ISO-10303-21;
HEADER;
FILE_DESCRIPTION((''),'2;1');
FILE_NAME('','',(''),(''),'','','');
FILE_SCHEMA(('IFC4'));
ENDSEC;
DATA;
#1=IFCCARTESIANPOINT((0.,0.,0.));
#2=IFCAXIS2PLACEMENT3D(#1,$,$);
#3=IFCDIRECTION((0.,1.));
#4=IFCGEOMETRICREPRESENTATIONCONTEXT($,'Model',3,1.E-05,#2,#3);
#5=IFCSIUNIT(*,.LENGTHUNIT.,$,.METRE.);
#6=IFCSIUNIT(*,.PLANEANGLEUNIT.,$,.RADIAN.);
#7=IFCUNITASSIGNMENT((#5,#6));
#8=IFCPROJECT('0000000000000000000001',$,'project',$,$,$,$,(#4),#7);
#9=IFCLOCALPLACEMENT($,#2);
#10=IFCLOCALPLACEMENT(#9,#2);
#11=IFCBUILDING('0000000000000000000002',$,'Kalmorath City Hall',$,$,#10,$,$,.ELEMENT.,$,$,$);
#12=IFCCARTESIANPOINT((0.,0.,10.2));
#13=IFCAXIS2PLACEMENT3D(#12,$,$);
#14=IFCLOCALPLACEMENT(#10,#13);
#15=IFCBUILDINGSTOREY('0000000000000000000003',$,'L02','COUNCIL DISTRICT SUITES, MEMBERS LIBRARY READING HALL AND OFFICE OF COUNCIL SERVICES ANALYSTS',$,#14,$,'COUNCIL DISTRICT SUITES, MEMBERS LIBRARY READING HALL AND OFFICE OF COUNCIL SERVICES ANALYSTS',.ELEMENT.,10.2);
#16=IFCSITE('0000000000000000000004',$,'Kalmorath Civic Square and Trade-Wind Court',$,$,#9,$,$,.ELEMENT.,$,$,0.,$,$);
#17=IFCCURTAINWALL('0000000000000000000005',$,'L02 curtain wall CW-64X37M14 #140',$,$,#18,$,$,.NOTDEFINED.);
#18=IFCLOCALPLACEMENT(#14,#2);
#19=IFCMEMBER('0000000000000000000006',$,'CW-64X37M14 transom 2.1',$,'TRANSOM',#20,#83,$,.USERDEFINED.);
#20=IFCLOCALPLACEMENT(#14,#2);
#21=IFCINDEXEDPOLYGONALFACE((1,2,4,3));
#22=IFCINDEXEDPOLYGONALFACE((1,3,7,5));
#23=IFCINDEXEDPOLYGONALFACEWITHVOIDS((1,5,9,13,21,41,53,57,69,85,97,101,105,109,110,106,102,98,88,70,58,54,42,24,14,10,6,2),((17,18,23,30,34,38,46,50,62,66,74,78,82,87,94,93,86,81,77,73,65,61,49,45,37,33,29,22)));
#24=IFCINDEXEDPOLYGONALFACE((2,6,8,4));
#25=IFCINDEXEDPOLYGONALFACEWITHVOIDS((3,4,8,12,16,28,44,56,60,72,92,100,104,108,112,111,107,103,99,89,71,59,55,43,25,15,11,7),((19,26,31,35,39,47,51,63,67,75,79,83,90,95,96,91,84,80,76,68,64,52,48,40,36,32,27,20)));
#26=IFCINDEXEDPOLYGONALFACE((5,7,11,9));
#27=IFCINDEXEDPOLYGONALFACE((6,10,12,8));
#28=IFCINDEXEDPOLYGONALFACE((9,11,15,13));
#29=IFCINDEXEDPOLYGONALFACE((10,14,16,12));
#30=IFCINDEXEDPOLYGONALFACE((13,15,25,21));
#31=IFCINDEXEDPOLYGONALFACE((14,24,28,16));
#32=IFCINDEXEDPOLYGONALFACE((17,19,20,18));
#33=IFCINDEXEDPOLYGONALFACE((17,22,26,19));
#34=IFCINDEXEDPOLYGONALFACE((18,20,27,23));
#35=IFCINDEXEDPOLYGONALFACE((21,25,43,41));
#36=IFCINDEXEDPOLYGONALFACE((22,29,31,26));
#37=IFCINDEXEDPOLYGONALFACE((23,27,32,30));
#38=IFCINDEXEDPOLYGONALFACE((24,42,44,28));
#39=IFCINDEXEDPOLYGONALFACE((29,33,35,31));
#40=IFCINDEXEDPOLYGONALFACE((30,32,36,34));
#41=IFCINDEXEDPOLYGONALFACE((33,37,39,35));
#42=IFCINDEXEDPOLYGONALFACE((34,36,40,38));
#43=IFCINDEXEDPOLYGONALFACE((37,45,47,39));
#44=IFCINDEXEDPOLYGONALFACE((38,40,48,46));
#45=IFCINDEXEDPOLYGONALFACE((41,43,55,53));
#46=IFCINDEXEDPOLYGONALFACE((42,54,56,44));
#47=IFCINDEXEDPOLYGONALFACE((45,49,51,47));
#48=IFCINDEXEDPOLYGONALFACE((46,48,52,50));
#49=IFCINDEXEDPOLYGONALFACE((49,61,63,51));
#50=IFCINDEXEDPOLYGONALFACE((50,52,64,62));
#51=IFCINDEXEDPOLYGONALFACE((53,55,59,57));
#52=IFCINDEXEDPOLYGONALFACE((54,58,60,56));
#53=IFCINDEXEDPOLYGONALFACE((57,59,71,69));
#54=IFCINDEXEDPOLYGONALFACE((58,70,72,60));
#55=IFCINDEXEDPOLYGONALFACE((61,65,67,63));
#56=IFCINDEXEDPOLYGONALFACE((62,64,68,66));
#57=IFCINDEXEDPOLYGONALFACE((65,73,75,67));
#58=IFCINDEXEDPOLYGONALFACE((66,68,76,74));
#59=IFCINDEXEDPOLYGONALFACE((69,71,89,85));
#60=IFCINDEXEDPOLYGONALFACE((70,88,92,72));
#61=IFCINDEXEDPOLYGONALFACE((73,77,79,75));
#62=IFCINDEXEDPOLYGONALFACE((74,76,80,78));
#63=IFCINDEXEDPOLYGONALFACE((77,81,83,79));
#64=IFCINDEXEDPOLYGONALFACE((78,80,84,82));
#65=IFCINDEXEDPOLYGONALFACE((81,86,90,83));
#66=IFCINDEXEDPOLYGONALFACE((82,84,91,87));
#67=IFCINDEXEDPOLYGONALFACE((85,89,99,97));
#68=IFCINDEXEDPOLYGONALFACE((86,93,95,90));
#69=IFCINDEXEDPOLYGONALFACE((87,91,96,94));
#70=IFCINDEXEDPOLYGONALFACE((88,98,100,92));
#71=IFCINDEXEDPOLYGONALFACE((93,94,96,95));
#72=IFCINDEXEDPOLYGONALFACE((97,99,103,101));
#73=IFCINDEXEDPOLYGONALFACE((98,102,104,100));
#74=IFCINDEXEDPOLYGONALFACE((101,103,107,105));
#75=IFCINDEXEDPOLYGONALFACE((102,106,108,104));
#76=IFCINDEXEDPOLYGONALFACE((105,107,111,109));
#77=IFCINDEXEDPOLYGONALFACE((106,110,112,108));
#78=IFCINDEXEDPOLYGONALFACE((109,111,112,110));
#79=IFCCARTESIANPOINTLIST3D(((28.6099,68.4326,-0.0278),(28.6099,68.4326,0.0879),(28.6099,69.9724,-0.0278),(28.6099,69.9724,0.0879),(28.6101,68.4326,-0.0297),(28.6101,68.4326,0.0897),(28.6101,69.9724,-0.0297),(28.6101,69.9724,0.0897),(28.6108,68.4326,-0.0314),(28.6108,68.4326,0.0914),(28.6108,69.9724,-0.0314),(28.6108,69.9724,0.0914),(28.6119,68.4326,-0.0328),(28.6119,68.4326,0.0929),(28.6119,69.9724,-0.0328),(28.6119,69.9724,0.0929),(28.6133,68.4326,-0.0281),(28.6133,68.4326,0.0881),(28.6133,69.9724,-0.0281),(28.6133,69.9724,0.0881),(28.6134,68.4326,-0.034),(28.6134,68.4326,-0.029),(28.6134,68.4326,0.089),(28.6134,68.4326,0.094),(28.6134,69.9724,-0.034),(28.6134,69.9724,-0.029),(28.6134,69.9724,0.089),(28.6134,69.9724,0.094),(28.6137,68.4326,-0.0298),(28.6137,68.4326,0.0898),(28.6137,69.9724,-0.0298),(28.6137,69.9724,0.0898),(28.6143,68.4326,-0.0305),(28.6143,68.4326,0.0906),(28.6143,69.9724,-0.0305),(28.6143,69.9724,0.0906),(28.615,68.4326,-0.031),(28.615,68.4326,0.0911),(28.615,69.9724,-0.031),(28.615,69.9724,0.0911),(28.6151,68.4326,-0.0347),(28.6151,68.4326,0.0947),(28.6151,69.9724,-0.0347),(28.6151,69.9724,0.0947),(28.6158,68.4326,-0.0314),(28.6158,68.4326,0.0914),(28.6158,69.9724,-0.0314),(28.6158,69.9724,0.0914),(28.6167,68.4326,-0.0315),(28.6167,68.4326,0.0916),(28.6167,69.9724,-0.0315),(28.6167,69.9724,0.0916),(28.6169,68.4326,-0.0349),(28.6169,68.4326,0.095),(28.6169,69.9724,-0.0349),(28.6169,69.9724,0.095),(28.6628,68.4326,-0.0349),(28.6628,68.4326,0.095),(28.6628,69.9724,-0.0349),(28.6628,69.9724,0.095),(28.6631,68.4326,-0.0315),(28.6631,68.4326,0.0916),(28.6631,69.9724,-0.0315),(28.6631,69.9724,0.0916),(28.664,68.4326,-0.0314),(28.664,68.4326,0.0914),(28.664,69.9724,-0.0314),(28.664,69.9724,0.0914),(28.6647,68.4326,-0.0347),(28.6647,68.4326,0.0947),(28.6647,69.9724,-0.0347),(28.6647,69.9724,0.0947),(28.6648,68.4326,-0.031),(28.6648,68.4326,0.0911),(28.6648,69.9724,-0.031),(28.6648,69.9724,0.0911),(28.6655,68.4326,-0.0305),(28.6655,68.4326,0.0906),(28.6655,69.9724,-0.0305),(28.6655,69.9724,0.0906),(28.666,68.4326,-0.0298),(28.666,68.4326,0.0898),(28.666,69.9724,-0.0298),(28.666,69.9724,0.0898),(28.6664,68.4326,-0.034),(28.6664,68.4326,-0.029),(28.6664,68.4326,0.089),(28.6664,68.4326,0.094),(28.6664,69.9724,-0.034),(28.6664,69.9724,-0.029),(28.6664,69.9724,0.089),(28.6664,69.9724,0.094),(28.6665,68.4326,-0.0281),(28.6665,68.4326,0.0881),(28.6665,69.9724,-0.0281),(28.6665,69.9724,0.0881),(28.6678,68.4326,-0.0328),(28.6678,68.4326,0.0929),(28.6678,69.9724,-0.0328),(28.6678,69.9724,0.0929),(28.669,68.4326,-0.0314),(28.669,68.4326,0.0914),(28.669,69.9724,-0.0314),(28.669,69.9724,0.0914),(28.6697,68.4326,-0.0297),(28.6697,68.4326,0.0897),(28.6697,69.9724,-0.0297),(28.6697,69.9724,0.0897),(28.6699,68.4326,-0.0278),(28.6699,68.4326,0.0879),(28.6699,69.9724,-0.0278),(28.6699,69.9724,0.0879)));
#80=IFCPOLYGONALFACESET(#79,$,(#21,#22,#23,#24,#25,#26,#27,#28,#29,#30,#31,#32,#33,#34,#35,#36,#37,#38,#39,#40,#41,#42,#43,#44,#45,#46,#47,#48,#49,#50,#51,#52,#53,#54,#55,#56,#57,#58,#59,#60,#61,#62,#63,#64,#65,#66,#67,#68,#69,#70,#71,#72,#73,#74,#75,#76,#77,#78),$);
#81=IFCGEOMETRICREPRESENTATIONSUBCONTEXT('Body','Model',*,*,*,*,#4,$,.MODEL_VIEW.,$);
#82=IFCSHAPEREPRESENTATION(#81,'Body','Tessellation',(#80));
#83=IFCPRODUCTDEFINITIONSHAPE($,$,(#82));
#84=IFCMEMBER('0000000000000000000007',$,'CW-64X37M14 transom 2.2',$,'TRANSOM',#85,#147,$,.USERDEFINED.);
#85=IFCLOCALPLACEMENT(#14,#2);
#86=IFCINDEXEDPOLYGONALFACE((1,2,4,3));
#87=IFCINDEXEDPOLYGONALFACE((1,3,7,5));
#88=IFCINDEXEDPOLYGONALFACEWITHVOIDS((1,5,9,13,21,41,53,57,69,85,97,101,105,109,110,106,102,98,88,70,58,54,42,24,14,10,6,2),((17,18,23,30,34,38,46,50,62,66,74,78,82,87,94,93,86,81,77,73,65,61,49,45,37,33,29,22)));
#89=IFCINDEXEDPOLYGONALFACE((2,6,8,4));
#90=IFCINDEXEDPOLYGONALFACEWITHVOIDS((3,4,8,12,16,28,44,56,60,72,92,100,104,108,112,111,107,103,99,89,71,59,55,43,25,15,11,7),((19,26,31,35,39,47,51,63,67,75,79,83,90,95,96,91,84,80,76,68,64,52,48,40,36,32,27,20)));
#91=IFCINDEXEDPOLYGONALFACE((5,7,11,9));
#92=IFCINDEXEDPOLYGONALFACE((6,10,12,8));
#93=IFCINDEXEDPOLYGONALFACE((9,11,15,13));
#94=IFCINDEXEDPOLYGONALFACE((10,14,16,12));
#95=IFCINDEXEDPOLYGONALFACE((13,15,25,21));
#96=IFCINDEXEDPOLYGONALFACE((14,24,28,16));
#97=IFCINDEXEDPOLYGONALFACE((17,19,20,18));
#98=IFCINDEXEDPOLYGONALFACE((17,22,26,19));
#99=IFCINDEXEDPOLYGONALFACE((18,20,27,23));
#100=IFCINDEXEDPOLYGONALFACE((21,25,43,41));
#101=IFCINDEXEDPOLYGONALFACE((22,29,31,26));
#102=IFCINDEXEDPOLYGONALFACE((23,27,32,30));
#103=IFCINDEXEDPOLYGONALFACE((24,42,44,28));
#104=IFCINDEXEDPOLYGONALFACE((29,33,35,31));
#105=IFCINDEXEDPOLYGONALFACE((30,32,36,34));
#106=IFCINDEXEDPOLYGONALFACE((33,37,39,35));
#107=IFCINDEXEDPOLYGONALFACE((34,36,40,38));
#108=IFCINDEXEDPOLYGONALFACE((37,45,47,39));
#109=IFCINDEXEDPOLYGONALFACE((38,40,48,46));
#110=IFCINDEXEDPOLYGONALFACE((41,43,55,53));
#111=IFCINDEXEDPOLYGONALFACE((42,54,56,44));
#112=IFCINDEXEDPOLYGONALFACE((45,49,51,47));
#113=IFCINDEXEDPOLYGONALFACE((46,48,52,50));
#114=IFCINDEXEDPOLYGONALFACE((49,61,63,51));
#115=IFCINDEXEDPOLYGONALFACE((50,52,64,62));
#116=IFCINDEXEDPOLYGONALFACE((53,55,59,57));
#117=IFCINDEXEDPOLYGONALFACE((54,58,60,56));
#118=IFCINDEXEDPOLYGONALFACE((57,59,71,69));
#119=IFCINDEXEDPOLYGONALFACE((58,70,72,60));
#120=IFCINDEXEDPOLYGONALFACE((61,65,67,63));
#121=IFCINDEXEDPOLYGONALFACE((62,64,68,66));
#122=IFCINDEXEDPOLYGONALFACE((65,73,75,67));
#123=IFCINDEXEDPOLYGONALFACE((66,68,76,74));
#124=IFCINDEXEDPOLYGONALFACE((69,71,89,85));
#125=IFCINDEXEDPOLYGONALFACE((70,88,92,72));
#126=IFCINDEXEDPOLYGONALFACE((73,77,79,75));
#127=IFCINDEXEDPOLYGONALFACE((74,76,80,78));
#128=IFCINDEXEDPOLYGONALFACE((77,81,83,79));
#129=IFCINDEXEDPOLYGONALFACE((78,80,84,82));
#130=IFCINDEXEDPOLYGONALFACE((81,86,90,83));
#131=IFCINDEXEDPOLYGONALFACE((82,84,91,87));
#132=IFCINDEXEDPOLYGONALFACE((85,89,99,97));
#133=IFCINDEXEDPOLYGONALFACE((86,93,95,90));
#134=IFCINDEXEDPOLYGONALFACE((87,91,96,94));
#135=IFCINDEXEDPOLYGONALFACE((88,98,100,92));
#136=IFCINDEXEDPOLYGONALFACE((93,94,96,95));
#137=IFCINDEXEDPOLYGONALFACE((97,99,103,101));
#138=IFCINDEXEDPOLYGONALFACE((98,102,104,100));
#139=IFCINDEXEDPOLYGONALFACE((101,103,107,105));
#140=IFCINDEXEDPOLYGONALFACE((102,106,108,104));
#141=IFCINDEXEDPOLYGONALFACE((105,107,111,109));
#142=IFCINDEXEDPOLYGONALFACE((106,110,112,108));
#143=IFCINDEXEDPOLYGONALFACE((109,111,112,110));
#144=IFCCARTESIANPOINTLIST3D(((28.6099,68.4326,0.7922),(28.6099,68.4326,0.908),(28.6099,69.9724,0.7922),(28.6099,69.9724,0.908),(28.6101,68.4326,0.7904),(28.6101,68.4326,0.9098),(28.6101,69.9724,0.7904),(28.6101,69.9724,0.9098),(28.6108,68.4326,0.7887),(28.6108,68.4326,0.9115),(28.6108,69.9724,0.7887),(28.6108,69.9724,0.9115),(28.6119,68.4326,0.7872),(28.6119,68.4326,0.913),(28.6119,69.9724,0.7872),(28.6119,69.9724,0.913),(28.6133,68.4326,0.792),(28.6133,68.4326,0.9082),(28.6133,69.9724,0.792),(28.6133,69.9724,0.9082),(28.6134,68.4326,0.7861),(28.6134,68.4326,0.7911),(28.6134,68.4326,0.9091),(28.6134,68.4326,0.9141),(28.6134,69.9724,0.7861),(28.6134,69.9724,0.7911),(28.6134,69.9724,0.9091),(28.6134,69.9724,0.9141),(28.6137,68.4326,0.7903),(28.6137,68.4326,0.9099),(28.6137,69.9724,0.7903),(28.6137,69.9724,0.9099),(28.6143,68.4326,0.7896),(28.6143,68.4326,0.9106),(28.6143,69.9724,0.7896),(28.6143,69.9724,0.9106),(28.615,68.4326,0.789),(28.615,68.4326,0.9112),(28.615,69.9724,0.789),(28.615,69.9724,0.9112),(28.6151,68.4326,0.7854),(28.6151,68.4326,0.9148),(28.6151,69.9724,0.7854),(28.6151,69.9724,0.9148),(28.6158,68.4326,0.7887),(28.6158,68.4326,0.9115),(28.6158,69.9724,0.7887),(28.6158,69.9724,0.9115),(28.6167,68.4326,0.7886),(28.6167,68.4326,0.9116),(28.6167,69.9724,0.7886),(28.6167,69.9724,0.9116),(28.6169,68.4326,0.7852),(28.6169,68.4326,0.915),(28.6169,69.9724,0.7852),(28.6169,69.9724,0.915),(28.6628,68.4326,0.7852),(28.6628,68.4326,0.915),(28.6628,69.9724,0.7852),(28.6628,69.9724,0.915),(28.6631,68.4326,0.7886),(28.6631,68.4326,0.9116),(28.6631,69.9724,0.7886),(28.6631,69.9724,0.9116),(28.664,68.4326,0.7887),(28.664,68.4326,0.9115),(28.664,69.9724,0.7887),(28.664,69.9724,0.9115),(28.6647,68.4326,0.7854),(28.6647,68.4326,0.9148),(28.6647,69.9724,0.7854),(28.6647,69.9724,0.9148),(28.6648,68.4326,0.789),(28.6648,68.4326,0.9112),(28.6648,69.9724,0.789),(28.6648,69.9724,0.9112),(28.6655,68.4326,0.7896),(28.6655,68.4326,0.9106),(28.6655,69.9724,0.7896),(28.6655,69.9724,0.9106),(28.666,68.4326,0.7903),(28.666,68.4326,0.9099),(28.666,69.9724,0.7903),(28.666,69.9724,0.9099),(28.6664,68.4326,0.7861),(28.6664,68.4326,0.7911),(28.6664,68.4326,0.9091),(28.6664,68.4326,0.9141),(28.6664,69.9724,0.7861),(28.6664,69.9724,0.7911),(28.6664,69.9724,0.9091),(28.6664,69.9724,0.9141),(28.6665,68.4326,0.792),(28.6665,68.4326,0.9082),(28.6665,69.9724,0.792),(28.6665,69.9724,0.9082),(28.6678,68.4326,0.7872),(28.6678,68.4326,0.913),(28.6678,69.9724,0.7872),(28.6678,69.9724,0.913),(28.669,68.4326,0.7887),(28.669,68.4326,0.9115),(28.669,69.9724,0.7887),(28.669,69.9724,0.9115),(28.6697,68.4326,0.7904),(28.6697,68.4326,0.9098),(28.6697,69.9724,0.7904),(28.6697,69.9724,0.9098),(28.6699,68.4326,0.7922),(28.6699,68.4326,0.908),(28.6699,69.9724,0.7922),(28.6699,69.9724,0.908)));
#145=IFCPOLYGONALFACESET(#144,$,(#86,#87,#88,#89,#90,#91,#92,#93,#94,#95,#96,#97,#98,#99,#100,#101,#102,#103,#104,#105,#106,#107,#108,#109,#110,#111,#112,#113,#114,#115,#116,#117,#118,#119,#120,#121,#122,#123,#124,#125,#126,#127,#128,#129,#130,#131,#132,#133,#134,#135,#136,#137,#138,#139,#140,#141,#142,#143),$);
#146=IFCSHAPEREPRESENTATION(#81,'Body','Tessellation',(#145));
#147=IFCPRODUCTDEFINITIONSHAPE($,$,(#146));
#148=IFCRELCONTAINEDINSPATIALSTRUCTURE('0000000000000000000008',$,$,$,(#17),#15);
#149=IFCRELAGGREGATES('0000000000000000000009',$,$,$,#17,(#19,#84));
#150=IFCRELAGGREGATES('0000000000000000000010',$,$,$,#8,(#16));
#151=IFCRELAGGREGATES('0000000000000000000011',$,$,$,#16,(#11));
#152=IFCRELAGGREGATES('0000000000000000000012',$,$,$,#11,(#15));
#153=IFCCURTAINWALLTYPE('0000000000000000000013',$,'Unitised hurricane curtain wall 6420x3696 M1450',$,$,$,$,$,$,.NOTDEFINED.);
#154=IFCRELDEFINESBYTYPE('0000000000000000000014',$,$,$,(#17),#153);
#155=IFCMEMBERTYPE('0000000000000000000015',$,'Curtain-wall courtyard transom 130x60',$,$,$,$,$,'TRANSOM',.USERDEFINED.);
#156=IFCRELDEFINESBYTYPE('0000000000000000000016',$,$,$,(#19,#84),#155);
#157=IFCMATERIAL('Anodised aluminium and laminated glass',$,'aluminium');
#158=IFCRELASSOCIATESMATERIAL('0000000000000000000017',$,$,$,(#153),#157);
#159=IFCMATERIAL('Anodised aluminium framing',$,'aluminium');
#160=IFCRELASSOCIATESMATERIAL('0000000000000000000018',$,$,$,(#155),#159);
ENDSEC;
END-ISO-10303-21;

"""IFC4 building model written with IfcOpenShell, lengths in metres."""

from ifc_helpers import new_model, si_unit, direction, frame, origin, origin_2d, place, context, subcontext, project, spatial, hollow_rectangle, extrude, material, material_profile, profile_set, type_object, element, aggregate, save


model = new_model("IFC4")

# Units and contexts
model_context = context("Model", 3, precision=1e-05, world=origin(), true_north=direction((0.0, 1.0)))
body_context = subcontext(model_context, "Body", "Model", "MODEL_VIEW")
ifc_project = project(units=[si_unit("LENGTHUNIT", "METRE"), si_unit("PLANEANGLEUNIT", "RADIAN")], contexts=[model_context])

# Site, building, storey
site_placement = place(None, origin())
site = spatial("IfcSite", under=ifc_project, at=site_placement, Name="Kalmorath Civic Square and Trade-Wind Court", CompositionType="ELEMENT", RefElevation=0.0)
building_placement = place(site_placement, origin())
building = spatial("IfcBuilding", under=site, at=building_placement, Name="Kalmorath City Hall", CompositionType="ELEMENT")
storey_placement = place(building_placement, frame((0.0, 0.0, 10.2)))
storey = spatial("IfcBuildingStorey", under=building, at=storey_placement, Name="L02", Description="COUNCIL DISTRICT SUITES, MEMBERS LIBRARY READING HALL AND OFFICE OF COUNCIL SERVICES ANALYSTS", LongName="COUNCIL DISTRICT SUITES, MEMBERS LIBRARY READING HALL AND OFFICE OF COUNCIL SERVICES ANALYSTS", CompositionType="ELEMENT", Elevation=10.2)

# Curtain wall, members
ifc_material_1 = material(Name="Anodised aluminium and laminated glass", Category="aluminium")
curtain_wall_type = type_object("IfcCurtainWallType", Name="Unitised hurricane curtain wall 6420x3696 M1450", PredefinedType="NOTDEFINED", material=ifc_material_1)
curtain_wall_placement = place(storey_placement, origin())
curtain_wall = element("IfcCurtainWall", 1, at=curtain_wall_placement, inside=storey, type_object=curtain_wall_type, Name="L02 curtain wall CW-64X37M14 #140", PredefinedType="NOTDEFINED")
ifc_material_2 = material(Name="Anodised aluminium framing", Category="aluminium")
ifc_material_profile_1 = material_profile(ifc_material_2, hollow_rectangle(XDim=0.0601, YDim=0.1299, WallThickness=0.0034, InnerFilletRadius=0.0034, OuterFilletRadius=0.0071, at=origin_2d()), Name="ALU-TRN-130X60X3.5")
ifc_profile_set_1 = profile_set([ifc_material_profile_1], Name="Anodised aluminium framing")
member_type_1 = type_object("IfcMemberType", Name="Curtain-wall courtyard transom 130x60", ElementType="TRANSOM", PredefinedType="USERDEFINED", material=ifc_profile_set_1)
member_1_placement = place(storey_placement, frame((28.6399, 69.9724, 0.03), z_axis=(0.0, -1.0, 0.0), x_axis=(1.0, 0.0, 0.0)))
member_1 = element("IfcMember", 2, at=member_1_placement, type_object=member_type_1, Name="CW-64X37M14 transom 2.1", ObjectType="TRANSOM", PredefinedType="USERDEFINED", context=body_context, shape_type="SweptSolid", body=[
    extrude(hollow_rectangle(XDim=0.0601, YDim=0.1299, WallThickness=0.0034, InnerFilletRadius=0.0034, OuterFilletRadius=0.0071, at=origin_2d()), origin(), (0.0, 0.0, 1.0), 1.5398),
])
member_2_placement = place(storey_placement, frame((28.6399, 69.9724, 0.8501), z_axis=(0.0, -1.0, 0.0), x_axis=(1.0, 0.0, 0.0)))
member_2 = element("IfcMember", 3, at=member_2_placement, type_object=member_type_1, Name="CW-64X37M14 transom 2.2", ObjectType="TRANSOM", PredefinedType="USERDEFINED", context=body_context, shape_type="SweptSolid", body=[
    extrude(hollow_rectangle(XDim=0.0601, YDim=0.1299, WallThickness=0.0034, InnerFilletRadius=0.0034, OuterFilletRadius=0.0071, at=origin_2d()), origin(), (0.0, 0.0, 1.0), 1.5398),
])

aggregate(curtain_wall, [member_1, member_2])

save(model, "model.ifc")
